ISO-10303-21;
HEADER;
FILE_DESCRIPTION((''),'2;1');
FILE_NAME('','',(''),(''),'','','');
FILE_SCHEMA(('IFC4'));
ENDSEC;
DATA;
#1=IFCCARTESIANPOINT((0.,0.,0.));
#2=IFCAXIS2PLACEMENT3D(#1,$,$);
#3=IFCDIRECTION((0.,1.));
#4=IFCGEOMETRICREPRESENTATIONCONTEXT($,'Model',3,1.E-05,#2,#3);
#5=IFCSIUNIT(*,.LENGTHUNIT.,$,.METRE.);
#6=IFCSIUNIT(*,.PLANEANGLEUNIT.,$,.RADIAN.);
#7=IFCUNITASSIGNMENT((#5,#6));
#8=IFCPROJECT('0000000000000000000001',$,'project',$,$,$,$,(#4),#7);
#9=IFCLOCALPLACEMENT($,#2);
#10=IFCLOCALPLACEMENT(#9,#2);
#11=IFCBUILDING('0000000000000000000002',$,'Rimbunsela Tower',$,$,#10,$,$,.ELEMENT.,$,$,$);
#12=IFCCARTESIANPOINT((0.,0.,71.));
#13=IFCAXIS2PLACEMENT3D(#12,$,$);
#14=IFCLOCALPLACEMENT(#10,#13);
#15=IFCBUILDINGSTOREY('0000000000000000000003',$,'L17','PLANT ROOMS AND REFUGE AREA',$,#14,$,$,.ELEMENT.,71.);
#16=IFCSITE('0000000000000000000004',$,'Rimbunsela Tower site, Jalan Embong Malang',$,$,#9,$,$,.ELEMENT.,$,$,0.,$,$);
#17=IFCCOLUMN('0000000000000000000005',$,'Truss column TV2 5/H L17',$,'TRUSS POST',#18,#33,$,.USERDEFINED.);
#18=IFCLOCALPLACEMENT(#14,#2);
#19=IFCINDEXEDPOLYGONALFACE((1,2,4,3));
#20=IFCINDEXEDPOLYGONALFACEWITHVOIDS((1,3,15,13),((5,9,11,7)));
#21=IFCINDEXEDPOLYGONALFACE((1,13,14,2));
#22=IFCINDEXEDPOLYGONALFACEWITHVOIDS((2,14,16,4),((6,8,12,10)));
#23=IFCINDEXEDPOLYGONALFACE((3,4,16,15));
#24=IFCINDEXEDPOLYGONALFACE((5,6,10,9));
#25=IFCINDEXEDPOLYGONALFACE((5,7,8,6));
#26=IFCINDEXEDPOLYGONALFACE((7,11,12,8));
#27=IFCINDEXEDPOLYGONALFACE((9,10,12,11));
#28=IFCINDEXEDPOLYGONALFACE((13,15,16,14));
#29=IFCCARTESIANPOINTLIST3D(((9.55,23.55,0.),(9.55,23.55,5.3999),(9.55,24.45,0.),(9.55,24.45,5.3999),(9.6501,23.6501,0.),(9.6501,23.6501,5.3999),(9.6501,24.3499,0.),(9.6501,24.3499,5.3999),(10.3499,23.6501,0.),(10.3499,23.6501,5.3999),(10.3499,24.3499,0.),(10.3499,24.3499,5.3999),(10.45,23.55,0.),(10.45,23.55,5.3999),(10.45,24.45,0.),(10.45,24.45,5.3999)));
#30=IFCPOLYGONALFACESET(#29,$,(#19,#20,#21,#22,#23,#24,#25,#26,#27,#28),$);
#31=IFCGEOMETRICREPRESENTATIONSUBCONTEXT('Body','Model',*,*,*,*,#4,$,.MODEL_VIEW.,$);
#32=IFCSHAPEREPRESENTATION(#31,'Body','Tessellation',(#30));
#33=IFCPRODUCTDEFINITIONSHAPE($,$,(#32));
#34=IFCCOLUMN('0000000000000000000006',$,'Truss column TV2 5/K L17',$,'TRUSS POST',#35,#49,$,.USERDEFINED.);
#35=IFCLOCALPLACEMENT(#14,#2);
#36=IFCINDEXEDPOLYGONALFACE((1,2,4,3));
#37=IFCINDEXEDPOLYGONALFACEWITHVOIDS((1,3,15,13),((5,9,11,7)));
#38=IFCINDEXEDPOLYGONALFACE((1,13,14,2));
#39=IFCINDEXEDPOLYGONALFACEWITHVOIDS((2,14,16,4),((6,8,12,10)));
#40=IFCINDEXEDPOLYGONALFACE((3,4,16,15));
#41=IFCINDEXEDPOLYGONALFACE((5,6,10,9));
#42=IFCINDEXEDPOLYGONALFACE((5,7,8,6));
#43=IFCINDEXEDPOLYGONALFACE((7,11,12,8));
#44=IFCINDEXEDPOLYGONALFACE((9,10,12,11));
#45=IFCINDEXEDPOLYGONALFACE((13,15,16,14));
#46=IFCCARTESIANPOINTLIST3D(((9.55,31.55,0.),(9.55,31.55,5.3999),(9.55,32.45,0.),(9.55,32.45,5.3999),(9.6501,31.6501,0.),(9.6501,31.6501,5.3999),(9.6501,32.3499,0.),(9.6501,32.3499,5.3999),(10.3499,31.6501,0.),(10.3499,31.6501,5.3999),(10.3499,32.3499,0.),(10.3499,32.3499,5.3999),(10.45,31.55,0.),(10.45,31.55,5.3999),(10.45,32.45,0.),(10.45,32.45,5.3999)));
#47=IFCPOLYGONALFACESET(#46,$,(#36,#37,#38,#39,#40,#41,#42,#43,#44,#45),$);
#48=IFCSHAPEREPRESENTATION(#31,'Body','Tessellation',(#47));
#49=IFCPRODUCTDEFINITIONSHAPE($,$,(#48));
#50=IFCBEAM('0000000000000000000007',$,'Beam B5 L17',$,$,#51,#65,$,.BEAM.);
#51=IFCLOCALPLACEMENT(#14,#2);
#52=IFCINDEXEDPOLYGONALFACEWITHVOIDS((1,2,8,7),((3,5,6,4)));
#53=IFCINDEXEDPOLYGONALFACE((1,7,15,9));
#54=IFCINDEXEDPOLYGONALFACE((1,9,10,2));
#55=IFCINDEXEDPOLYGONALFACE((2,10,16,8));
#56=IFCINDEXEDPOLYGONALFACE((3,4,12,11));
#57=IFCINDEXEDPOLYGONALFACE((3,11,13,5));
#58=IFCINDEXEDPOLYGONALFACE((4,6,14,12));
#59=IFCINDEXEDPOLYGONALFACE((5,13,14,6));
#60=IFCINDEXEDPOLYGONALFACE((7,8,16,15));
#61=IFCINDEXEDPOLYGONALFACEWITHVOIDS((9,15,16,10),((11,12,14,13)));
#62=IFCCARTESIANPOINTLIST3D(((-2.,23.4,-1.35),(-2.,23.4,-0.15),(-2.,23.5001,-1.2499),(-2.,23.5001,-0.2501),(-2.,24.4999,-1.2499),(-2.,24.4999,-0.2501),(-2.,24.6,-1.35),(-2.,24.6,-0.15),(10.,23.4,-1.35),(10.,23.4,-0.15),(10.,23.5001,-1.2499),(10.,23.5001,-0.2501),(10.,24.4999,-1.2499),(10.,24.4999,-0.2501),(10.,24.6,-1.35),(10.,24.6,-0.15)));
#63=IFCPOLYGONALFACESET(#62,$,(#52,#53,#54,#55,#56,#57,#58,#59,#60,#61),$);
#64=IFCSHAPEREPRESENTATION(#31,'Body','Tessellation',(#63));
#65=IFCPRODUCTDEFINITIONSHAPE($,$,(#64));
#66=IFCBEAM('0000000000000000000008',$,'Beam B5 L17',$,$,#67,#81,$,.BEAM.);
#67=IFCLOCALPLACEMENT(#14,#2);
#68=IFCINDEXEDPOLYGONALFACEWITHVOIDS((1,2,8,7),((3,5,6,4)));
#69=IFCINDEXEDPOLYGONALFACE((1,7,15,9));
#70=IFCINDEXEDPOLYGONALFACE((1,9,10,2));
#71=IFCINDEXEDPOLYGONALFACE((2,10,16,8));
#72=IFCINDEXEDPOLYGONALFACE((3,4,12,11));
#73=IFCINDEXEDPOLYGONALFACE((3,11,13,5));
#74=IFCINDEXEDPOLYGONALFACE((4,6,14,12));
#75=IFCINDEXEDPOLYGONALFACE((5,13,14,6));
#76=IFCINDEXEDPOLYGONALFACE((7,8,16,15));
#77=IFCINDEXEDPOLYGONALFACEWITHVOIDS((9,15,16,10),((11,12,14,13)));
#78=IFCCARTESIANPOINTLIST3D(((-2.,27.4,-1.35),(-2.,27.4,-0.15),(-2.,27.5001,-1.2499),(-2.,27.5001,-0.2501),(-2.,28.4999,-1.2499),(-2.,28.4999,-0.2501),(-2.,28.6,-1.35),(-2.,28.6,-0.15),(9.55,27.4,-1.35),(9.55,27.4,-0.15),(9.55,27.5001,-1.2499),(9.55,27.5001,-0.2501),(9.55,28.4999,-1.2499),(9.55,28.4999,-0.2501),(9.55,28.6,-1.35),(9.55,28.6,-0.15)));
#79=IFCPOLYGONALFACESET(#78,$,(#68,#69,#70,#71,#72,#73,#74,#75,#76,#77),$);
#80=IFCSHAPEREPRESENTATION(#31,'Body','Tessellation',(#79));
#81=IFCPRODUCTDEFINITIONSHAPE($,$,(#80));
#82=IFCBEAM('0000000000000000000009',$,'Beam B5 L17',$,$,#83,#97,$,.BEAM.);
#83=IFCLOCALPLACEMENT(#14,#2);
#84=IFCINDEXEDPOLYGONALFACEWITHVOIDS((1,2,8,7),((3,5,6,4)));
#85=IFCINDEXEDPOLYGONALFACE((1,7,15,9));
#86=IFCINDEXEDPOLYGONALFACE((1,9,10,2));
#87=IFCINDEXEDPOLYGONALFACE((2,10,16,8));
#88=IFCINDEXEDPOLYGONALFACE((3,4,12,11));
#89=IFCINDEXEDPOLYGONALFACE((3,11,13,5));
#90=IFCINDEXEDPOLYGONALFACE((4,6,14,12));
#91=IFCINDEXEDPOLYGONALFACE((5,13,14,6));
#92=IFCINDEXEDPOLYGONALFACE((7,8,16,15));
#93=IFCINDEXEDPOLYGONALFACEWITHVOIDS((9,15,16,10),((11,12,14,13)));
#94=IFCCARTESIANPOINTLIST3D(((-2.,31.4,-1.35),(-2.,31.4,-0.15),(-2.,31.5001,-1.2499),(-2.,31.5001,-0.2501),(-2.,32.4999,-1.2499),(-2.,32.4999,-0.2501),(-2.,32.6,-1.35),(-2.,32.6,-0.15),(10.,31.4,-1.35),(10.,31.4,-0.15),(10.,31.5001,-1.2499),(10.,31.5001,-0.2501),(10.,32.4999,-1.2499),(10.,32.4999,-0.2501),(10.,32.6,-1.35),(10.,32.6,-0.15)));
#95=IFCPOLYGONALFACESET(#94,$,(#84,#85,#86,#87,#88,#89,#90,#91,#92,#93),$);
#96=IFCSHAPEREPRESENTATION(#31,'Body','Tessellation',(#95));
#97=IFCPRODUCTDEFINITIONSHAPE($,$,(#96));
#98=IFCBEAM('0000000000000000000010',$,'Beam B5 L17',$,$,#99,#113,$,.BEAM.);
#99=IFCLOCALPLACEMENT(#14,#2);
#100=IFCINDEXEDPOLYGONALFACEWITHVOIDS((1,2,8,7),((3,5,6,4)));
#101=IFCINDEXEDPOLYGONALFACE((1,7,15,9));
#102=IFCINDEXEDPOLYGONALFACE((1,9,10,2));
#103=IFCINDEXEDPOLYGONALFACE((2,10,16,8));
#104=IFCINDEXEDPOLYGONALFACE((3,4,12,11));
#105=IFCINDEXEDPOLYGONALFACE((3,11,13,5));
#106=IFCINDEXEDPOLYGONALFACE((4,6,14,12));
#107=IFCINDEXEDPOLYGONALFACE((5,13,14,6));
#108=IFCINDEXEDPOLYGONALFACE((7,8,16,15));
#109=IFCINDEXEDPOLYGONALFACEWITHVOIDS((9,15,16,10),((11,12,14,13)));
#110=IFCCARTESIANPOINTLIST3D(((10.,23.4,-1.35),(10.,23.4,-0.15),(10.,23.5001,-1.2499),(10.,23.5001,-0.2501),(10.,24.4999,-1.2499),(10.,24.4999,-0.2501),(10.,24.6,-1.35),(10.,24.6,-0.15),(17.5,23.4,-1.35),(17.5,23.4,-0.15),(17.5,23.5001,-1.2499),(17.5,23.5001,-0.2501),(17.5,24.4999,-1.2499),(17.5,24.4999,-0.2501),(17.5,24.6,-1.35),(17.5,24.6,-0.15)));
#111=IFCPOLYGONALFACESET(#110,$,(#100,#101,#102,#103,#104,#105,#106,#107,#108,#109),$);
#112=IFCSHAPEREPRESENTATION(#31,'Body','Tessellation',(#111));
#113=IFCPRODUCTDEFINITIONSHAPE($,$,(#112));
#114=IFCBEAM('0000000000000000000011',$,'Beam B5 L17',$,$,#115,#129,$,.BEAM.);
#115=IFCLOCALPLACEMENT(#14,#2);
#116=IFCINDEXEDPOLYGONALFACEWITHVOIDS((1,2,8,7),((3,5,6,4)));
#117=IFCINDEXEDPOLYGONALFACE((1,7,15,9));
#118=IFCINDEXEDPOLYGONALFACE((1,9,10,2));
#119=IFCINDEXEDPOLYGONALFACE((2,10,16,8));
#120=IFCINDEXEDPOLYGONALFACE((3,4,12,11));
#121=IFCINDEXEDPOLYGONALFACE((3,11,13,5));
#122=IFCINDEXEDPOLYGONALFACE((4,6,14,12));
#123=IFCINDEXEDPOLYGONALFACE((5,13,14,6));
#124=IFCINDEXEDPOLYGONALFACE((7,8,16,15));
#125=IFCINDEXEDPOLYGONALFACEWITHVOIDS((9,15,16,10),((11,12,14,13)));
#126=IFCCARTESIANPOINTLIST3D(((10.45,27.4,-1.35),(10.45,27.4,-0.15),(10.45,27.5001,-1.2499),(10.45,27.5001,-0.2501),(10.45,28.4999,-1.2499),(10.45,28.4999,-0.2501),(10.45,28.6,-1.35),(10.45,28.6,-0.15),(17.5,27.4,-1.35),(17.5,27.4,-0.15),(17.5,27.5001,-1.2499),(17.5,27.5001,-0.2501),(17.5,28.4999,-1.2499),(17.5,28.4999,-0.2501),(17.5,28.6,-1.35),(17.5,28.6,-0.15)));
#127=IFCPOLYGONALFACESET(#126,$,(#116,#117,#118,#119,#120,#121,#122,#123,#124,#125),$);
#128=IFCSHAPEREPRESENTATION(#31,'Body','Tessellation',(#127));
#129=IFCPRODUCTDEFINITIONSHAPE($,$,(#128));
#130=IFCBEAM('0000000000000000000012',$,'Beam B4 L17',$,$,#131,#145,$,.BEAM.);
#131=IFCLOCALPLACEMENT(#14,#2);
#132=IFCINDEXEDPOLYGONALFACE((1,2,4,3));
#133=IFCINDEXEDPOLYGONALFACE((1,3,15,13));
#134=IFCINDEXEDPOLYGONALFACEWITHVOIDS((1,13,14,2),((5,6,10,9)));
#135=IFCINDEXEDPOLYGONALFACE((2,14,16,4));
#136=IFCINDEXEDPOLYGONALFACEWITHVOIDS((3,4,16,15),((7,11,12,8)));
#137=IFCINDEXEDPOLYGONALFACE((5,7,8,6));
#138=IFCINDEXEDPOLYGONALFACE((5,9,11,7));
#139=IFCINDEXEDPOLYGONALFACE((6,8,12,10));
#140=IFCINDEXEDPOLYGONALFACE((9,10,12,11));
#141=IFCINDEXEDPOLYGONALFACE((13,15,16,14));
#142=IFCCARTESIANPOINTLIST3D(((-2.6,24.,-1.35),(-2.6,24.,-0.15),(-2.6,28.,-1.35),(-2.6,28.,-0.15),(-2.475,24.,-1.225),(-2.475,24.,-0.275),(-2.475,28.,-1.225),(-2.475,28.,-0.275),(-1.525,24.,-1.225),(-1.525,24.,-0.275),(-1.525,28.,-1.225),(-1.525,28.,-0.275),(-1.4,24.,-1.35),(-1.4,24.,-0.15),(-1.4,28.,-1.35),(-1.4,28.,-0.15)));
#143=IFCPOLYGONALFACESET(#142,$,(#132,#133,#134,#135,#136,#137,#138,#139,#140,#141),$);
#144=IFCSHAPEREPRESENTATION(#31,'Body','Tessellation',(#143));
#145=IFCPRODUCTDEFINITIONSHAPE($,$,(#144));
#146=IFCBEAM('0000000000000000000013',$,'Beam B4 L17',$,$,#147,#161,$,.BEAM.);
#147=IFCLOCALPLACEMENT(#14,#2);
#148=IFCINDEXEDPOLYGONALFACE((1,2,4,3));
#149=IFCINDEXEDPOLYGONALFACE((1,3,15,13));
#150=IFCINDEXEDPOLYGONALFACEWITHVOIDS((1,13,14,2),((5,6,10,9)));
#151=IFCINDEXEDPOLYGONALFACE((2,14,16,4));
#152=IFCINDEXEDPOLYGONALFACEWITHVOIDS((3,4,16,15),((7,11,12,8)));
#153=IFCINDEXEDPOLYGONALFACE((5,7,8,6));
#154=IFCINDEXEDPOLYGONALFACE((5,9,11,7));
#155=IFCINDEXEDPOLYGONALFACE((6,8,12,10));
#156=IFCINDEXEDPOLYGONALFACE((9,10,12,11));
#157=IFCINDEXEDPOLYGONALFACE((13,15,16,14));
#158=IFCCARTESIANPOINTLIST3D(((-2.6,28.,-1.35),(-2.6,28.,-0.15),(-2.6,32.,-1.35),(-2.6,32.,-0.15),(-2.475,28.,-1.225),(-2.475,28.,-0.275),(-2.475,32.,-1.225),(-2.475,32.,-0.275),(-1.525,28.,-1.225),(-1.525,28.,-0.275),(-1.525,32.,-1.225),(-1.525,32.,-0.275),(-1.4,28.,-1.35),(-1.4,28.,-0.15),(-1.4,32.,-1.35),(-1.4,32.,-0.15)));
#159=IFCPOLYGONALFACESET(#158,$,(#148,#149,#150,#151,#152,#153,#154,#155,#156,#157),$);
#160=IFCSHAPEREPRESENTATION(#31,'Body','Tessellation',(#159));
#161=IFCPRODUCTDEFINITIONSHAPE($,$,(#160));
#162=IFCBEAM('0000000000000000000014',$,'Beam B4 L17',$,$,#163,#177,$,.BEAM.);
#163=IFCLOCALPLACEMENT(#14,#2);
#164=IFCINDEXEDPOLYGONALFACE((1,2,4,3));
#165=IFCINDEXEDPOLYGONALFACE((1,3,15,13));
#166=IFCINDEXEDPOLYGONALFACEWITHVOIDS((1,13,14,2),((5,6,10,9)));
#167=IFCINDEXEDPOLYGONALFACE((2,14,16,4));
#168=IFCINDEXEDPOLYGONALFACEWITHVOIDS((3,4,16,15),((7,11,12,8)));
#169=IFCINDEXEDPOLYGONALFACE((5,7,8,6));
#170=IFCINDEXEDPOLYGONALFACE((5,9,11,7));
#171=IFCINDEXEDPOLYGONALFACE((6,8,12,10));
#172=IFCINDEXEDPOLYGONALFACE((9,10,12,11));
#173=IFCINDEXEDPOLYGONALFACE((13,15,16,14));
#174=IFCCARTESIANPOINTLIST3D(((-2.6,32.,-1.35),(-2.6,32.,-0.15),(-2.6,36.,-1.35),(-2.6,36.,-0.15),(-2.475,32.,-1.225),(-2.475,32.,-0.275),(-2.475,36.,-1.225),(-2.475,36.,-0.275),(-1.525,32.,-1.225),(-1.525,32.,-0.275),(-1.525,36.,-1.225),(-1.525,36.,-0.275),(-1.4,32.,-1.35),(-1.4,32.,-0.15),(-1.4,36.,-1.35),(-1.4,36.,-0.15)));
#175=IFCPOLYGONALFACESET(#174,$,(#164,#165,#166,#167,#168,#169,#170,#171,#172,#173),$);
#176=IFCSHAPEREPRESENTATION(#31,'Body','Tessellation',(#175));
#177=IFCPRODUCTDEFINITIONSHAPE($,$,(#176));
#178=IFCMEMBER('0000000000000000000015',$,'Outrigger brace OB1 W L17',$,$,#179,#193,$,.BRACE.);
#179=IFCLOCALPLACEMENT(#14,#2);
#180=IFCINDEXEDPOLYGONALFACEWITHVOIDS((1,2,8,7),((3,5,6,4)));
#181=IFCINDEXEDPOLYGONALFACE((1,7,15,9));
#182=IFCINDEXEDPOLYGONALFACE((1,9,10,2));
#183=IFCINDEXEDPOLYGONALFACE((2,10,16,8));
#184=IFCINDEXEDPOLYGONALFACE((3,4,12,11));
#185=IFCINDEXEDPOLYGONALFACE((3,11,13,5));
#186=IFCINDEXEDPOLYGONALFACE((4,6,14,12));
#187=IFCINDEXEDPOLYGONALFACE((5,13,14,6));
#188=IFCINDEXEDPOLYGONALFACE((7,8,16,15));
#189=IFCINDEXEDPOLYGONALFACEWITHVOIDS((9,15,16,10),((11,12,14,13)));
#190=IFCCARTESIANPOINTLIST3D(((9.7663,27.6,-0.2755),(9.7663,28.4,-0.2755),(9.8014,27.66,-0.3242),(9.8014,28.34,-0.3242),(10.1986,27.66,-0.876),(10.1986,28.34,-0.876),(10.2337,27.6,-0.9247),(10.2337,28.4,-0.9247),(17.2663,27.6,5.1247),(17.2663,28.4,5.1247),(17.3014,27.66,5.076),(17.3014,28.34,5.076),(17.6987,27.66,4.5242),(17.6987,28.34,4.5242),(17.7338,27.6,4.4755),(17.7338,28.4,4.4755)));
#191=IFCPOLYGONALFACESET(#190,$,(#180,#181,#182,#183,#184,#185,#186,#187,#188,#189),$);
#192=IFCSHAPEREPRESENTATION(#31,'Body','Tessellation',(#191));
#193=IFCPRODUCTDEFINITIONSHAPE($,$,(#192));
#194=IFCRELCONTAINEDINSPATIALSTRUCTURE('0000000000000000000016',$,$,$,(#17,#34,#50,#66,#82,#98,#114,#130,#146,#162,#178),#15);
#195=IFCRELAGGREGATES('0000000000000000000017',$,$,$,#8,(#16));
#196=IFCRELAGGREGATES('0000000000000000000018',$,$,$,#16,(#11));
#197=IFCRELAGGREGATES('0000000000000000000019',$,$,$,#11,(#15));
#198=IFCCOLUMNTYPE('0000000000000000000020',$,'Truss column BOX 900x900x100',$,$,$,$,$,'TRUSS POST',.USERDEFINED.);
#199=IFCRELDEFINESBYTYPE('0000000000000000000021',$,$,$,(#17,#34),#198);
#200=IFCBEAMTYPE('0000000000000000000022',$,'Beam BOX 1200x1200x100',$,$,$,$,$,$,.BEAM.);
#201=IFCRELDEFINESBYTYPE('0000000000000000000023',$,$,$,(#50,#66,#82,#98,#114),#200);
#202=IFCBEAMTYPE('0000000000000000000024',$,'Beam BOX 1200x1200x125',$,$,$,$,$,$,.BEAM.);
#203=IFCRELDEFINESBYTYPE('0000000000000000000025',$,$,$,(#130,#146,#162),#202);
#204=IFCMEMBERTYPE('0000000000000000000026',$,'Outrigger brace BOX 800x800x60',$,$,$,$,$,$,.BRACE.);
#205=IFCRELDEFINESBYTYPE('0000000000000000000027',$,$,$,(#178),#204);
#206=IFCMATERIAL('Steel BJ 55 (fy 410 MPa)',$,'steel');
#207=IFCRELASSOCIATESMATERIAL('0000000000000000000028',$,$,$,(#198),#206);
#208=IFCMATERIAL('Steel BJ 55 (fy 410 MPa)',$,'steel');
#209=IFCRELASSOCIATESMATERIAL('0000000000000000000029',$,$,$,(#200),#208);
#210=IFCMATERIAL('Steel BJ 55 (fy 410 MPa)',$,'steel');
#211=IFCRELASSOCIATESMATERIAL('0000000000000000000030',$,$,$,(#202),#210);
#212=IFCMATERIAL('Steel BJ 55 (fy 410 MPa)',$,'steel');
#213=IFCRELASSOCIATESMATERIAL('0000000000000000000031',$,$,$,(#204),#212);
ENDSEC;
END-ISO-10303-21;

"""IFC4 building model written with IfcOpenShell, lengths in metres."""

from ifc_helpers import new_model, si_unit, direction, frame, origin, origin_2d, place, context, subcontext, project, spatial, hollow_rectangle, extrude, material, material_profile, profile_set, type_object, element, save


model = new_model("IFC4")

# Units and contexts
model_context = context("Model", 3, precision=1e-05, world=origin(), true_north=direction((0.0, 1.0)))
body_context = subcontext(model_context, "Body", "Model", "MODEL_VIEW")
ifc_project = project(units=[si_unit("LENGTHUNIT", "METRE"), si_unit("PLANEANGLEUNIT", "RADIAN")], contexts=[model_context])

# Site, building, storey
site_placement = place(None, origin())
site = spatial("IfcSite", under=ifc_project, at=site_placement, Name="Rimbunsela Tower site, Jalan Embong Malang", CompositionType="ELEMENT", RefElevation=0.0)
building_placement = place(site_placement, origin())
building = spatial("IfcBuilding", under=site, at=building_placement, Name="Rimbunsela Tower", CompositionType="ELEMENT")
storey_placement = place(building_placement, frame((0.0, 0.0, 71.0)))
storey = spatial("IfcBuildingStorey", under=building, at=storey_placement, Name="L17", Description="PLANT ROOMS AND REFUGE AREA", CompositionType="ELEMENT", Elevation=71.0)

# Columns
ifc_material_1 = material(Name="Steel BJ 55 (fy 410 MPa)", Category="steel")
ifc_material_profile_1 = material_profile(ifc_material_1, hollow_rectangle(XDim=0.8999, YDim=0.8999, WallThickness=0.1001, at=origin_2d()), Name="BOX 900x900x100")
ifc_profile_set_1 = profile_set([ifc_material_profile_1], Name="Steel BJ 55 (fy 410 MPa)")
column_type = type_object("IfcColumnType", Name="Truss column BOX 900x900x100", ElementType="TRUSS POST", PredefinedType="USERDEFINED", material=ifc_profile_set_1)
for number, where, z_axis, x_axis, name in (
    (1, (10.0, 24.0, 0.0), (0.0, 0.0, 1.0), (1.0, 0.0, 0.0), "Truss column TV2 5/H L17"),
    (2, (10.0, 32.0, 0.0), (0.0, 0.0, 1.0), (1.0, 0.0, 0.0), "Truss column TV2 5/K L17"),
):
    element("IfcColumn", number, at=place(storey_placement, frame(where, z_axis=z_axis, x_axis=x_axis)), inside=storey, type_object=column_type, Name=name, ObjectType="TRUSS POST", PredefinedType="USERDEFINED", context=body_context, shape_type="SweptSolid", body=[
        extrude(hollow_rectangle(XDim=0.8999, YDim=0.8999, WallThickness=0.1001, at=origin_2d()), origin(), (0.0, 0.0, 1.0), 5.3999),
    ])

# Beams
ifc_material_2 = material(Name="Steel BJ 55 (fy 410 MPa)", Category="steel")
ifc_material_profile_2 = material_profile(ifc_material_2, hollow_rectangle(XDim=1.2, YDim=1.2, WallThickness=0.1001, at=origin_2d()), Name="BOX 1200x1200x100")
ifc_profile_set_2 = profile_set([ifc_material_profile_2], Name="Steel BJ 55 (fy 410 MPa)")
beam_type_1 = type_object("IfcBeamType", Name="Beam BOX 1200x1200x100", PredefinedType="BEAM", material=ifc_profile_set_2)
beam_1_placement = place(storey_placement, frame((-2.0, 24.0, -0.75), z_axis=(1.0, 0.0, 0.0), x_axis=(0.0, 1.0, 0.0)))
element("IfcBeam", 3, at=beam_1_placement, inside=storey, type_object=beam_type_1, Name="Beam B5 L17", PredefinedType="BEAM", context=body_context, shape_type="SweptSolid", body=[
    extrude(hollow_rectangle(XDim=1.2, YDim=1.2, WallThickness=0.1001, at=origin_2d()), origin(), (0.0, 0.0, 1.0), 12.0),
])
beam_2_placement = place(storey_placement, frame((-2.0, 28.0, -0.75), z_axis=(1.0, 0.0, 0.0), x_axis=(0.0, 1.0, 0.0)))
element("IfcBeam", 4, at=beam_2_placement, inside=storey, type_object=beam_type_1, Name="Beam B5 L17", PredefinedType="BEAM", context=body_context, shape_type="SweptSolid", body=[
    extrude(hollow_rectangle(XDim=1.2, YDim=1.2, WallThickness=0.1001, at=origin_2d()), origin(), (0.0, 0.0, 1.0), 11.55),
])
beam_3_placement = place(storey_placement, frame((-2.0, 32.0, -0.75), z_axis=(1.0, 0.0, 0.0), x_axis=(0.0, 1.0, 0.0)))
element("IfcBeam", 5, at=beam_3_placement, inside=storey, type_object=beam_type_1, Name="Beam B5 L17", PredefinedType="BEAM", context=body_context, shape_type="SweptSolid", body=[
    extrude(hollow_rectangle(XDim=1.2, YDim=1.2, WallThickness=0.1001, at=origin_2d()), origin(), (0.0, 0.0, 1.0), 12.0),
])
beam_4_placement = place(storey_placement, frame((10.0, 24.0, -0.75), z_axis=(1.0, 0.0, 0.0), x_axis=(0.0, 1.0, 0.0)))
element("IfcBeam", 6, at=beam_4_placement, inside=storey, type_object=beam_type_1, Name="Beam B5 L17", PredefinedType="BEAM", context=body_context, shape_type="SweptSolid", body=[
    extrude(hollow_rectangle(XDim=1.2, YDim=1.2, WallThickness=0.1001, at=origin_2d()), origin(), (0.0, 0.0, 1.0), 7.5),
])
beam_5_placement = place(storey_placement, frame((10.45, 28.0, -0.75), z_axis=(1.0, 0.0, 0.0), x_axis=(0.0, 1.0, 0.0)))
element("IfcBeam", 7, at=beam_5_placement, inside=storey, type_object=beam_type_1, Name="Beam B5 L17", PredefinedType="BEAM", context=body_context, shape_type="SweptSolid", body=[
    extrude(hollow_rectangle(XDim=1.2, YDim=1.2, WallThickness=0.1001, at=origin_2d()), origin(), (0.0, 0.0, 1.0), 7.05),
])
ifc_material_3 = material(Name="Steel BJ 55 (fy 410 MPa)", Category="steel")
ifc_material_profile_3 = material_profile(ifc_material_3, hollow_rectangle(XDim=1.2, YDim=1.2, WallThickness=0.125, at=origin_2d()), Name="BOX 1200x1200x125")
ifc_profile_set_3 = profile_set([ifc_material_profile_3], Name="Steel BJ 55 (fy 410 MPa)")
beam_type_2 = type_object("IfcBeamType", Name="Beam BOX 1200x1200x125", PredefinedType="BEAM", material=ifc_profile_set_3)
for number, where, z_axis, x_axis, name in (
    (8, (-2.0, 24.0, -0.75), (0.0, 1.0, 0.0), (-1.0, 0.0, 0.0), "Beam B4 L17"),
    (9, (-2.0, 28.0, -0.75), (0.0, 1.0, 0.0), (-1.0, 0.0, 0.0), "Beam B4 L17"),
    (10, (-2.0, 32.0, -0.75), (0.0, 1.0, 0.0), (-1.0, 0.0, 0.0), "Beam B4 L17"),
):
    element("IfcBeam", number, at=place(storey_placement, frame(where, z_axis=z_axis, x_axis=x_axis)), inside=storey, type_object=beam_type_2, Name=name, PredefinedType="BEAM", context=body_context, shape_type="SweptSolid", body=[
        extrude(hollow_rectangle(XDim=1.2, YDim=1.2, WallThickness=0.125, at=origin_2d()), origin(), (0.0, 0.0, 1.0), 4.0),
    ])

# Member
ifc_material_4 = material(Name="Steel BJ 55 (fy 410 MPa)", Category="steel")
ifc_material_profile_4 = material_profile(ifc_material_4, hollow_rectangle(XDim=0.8, YDim=0.8, WallThickness=0.0601, at=origin_2d()), Name="BOX 800x800x60")
ifc_profile_set_4 = profile_set([ifc_material_profile_4], Name="Steel BJ 55 (fy 410 MPa)")
member_type_1 = type_object("IfcMemberType", Name="Outrigger brace BOX 800x800x60", PredefinedType="BRACE", material=ifc_profile_set_4)
for number, where, z_axis, x_axis, name in (
    (11, (10.0, 28.0, -0.6001), (0.811527, 0.0, 0.584315), (0.0, 1.0, 0.0), "Outrigger brace OB1 W L17"),
):
    element("IfcMember", number, at=place(storey_placement, frame(where, z_axis=z_axis, x_axis=x_axis)), inside=storey, type_object=member_type_1, Name=name, PredefinedType="BRACE", context=body_context, shape_type="SweptSolid", body=[
        extrude(hollow_rectangle(XDim=0.8, YDim=0.8, WallThickness=0.0601, at=origin_2d()), origin(), (0.0, 0.0, 1.0), 9.2419),
    ])

save(model, "model.ifc")
